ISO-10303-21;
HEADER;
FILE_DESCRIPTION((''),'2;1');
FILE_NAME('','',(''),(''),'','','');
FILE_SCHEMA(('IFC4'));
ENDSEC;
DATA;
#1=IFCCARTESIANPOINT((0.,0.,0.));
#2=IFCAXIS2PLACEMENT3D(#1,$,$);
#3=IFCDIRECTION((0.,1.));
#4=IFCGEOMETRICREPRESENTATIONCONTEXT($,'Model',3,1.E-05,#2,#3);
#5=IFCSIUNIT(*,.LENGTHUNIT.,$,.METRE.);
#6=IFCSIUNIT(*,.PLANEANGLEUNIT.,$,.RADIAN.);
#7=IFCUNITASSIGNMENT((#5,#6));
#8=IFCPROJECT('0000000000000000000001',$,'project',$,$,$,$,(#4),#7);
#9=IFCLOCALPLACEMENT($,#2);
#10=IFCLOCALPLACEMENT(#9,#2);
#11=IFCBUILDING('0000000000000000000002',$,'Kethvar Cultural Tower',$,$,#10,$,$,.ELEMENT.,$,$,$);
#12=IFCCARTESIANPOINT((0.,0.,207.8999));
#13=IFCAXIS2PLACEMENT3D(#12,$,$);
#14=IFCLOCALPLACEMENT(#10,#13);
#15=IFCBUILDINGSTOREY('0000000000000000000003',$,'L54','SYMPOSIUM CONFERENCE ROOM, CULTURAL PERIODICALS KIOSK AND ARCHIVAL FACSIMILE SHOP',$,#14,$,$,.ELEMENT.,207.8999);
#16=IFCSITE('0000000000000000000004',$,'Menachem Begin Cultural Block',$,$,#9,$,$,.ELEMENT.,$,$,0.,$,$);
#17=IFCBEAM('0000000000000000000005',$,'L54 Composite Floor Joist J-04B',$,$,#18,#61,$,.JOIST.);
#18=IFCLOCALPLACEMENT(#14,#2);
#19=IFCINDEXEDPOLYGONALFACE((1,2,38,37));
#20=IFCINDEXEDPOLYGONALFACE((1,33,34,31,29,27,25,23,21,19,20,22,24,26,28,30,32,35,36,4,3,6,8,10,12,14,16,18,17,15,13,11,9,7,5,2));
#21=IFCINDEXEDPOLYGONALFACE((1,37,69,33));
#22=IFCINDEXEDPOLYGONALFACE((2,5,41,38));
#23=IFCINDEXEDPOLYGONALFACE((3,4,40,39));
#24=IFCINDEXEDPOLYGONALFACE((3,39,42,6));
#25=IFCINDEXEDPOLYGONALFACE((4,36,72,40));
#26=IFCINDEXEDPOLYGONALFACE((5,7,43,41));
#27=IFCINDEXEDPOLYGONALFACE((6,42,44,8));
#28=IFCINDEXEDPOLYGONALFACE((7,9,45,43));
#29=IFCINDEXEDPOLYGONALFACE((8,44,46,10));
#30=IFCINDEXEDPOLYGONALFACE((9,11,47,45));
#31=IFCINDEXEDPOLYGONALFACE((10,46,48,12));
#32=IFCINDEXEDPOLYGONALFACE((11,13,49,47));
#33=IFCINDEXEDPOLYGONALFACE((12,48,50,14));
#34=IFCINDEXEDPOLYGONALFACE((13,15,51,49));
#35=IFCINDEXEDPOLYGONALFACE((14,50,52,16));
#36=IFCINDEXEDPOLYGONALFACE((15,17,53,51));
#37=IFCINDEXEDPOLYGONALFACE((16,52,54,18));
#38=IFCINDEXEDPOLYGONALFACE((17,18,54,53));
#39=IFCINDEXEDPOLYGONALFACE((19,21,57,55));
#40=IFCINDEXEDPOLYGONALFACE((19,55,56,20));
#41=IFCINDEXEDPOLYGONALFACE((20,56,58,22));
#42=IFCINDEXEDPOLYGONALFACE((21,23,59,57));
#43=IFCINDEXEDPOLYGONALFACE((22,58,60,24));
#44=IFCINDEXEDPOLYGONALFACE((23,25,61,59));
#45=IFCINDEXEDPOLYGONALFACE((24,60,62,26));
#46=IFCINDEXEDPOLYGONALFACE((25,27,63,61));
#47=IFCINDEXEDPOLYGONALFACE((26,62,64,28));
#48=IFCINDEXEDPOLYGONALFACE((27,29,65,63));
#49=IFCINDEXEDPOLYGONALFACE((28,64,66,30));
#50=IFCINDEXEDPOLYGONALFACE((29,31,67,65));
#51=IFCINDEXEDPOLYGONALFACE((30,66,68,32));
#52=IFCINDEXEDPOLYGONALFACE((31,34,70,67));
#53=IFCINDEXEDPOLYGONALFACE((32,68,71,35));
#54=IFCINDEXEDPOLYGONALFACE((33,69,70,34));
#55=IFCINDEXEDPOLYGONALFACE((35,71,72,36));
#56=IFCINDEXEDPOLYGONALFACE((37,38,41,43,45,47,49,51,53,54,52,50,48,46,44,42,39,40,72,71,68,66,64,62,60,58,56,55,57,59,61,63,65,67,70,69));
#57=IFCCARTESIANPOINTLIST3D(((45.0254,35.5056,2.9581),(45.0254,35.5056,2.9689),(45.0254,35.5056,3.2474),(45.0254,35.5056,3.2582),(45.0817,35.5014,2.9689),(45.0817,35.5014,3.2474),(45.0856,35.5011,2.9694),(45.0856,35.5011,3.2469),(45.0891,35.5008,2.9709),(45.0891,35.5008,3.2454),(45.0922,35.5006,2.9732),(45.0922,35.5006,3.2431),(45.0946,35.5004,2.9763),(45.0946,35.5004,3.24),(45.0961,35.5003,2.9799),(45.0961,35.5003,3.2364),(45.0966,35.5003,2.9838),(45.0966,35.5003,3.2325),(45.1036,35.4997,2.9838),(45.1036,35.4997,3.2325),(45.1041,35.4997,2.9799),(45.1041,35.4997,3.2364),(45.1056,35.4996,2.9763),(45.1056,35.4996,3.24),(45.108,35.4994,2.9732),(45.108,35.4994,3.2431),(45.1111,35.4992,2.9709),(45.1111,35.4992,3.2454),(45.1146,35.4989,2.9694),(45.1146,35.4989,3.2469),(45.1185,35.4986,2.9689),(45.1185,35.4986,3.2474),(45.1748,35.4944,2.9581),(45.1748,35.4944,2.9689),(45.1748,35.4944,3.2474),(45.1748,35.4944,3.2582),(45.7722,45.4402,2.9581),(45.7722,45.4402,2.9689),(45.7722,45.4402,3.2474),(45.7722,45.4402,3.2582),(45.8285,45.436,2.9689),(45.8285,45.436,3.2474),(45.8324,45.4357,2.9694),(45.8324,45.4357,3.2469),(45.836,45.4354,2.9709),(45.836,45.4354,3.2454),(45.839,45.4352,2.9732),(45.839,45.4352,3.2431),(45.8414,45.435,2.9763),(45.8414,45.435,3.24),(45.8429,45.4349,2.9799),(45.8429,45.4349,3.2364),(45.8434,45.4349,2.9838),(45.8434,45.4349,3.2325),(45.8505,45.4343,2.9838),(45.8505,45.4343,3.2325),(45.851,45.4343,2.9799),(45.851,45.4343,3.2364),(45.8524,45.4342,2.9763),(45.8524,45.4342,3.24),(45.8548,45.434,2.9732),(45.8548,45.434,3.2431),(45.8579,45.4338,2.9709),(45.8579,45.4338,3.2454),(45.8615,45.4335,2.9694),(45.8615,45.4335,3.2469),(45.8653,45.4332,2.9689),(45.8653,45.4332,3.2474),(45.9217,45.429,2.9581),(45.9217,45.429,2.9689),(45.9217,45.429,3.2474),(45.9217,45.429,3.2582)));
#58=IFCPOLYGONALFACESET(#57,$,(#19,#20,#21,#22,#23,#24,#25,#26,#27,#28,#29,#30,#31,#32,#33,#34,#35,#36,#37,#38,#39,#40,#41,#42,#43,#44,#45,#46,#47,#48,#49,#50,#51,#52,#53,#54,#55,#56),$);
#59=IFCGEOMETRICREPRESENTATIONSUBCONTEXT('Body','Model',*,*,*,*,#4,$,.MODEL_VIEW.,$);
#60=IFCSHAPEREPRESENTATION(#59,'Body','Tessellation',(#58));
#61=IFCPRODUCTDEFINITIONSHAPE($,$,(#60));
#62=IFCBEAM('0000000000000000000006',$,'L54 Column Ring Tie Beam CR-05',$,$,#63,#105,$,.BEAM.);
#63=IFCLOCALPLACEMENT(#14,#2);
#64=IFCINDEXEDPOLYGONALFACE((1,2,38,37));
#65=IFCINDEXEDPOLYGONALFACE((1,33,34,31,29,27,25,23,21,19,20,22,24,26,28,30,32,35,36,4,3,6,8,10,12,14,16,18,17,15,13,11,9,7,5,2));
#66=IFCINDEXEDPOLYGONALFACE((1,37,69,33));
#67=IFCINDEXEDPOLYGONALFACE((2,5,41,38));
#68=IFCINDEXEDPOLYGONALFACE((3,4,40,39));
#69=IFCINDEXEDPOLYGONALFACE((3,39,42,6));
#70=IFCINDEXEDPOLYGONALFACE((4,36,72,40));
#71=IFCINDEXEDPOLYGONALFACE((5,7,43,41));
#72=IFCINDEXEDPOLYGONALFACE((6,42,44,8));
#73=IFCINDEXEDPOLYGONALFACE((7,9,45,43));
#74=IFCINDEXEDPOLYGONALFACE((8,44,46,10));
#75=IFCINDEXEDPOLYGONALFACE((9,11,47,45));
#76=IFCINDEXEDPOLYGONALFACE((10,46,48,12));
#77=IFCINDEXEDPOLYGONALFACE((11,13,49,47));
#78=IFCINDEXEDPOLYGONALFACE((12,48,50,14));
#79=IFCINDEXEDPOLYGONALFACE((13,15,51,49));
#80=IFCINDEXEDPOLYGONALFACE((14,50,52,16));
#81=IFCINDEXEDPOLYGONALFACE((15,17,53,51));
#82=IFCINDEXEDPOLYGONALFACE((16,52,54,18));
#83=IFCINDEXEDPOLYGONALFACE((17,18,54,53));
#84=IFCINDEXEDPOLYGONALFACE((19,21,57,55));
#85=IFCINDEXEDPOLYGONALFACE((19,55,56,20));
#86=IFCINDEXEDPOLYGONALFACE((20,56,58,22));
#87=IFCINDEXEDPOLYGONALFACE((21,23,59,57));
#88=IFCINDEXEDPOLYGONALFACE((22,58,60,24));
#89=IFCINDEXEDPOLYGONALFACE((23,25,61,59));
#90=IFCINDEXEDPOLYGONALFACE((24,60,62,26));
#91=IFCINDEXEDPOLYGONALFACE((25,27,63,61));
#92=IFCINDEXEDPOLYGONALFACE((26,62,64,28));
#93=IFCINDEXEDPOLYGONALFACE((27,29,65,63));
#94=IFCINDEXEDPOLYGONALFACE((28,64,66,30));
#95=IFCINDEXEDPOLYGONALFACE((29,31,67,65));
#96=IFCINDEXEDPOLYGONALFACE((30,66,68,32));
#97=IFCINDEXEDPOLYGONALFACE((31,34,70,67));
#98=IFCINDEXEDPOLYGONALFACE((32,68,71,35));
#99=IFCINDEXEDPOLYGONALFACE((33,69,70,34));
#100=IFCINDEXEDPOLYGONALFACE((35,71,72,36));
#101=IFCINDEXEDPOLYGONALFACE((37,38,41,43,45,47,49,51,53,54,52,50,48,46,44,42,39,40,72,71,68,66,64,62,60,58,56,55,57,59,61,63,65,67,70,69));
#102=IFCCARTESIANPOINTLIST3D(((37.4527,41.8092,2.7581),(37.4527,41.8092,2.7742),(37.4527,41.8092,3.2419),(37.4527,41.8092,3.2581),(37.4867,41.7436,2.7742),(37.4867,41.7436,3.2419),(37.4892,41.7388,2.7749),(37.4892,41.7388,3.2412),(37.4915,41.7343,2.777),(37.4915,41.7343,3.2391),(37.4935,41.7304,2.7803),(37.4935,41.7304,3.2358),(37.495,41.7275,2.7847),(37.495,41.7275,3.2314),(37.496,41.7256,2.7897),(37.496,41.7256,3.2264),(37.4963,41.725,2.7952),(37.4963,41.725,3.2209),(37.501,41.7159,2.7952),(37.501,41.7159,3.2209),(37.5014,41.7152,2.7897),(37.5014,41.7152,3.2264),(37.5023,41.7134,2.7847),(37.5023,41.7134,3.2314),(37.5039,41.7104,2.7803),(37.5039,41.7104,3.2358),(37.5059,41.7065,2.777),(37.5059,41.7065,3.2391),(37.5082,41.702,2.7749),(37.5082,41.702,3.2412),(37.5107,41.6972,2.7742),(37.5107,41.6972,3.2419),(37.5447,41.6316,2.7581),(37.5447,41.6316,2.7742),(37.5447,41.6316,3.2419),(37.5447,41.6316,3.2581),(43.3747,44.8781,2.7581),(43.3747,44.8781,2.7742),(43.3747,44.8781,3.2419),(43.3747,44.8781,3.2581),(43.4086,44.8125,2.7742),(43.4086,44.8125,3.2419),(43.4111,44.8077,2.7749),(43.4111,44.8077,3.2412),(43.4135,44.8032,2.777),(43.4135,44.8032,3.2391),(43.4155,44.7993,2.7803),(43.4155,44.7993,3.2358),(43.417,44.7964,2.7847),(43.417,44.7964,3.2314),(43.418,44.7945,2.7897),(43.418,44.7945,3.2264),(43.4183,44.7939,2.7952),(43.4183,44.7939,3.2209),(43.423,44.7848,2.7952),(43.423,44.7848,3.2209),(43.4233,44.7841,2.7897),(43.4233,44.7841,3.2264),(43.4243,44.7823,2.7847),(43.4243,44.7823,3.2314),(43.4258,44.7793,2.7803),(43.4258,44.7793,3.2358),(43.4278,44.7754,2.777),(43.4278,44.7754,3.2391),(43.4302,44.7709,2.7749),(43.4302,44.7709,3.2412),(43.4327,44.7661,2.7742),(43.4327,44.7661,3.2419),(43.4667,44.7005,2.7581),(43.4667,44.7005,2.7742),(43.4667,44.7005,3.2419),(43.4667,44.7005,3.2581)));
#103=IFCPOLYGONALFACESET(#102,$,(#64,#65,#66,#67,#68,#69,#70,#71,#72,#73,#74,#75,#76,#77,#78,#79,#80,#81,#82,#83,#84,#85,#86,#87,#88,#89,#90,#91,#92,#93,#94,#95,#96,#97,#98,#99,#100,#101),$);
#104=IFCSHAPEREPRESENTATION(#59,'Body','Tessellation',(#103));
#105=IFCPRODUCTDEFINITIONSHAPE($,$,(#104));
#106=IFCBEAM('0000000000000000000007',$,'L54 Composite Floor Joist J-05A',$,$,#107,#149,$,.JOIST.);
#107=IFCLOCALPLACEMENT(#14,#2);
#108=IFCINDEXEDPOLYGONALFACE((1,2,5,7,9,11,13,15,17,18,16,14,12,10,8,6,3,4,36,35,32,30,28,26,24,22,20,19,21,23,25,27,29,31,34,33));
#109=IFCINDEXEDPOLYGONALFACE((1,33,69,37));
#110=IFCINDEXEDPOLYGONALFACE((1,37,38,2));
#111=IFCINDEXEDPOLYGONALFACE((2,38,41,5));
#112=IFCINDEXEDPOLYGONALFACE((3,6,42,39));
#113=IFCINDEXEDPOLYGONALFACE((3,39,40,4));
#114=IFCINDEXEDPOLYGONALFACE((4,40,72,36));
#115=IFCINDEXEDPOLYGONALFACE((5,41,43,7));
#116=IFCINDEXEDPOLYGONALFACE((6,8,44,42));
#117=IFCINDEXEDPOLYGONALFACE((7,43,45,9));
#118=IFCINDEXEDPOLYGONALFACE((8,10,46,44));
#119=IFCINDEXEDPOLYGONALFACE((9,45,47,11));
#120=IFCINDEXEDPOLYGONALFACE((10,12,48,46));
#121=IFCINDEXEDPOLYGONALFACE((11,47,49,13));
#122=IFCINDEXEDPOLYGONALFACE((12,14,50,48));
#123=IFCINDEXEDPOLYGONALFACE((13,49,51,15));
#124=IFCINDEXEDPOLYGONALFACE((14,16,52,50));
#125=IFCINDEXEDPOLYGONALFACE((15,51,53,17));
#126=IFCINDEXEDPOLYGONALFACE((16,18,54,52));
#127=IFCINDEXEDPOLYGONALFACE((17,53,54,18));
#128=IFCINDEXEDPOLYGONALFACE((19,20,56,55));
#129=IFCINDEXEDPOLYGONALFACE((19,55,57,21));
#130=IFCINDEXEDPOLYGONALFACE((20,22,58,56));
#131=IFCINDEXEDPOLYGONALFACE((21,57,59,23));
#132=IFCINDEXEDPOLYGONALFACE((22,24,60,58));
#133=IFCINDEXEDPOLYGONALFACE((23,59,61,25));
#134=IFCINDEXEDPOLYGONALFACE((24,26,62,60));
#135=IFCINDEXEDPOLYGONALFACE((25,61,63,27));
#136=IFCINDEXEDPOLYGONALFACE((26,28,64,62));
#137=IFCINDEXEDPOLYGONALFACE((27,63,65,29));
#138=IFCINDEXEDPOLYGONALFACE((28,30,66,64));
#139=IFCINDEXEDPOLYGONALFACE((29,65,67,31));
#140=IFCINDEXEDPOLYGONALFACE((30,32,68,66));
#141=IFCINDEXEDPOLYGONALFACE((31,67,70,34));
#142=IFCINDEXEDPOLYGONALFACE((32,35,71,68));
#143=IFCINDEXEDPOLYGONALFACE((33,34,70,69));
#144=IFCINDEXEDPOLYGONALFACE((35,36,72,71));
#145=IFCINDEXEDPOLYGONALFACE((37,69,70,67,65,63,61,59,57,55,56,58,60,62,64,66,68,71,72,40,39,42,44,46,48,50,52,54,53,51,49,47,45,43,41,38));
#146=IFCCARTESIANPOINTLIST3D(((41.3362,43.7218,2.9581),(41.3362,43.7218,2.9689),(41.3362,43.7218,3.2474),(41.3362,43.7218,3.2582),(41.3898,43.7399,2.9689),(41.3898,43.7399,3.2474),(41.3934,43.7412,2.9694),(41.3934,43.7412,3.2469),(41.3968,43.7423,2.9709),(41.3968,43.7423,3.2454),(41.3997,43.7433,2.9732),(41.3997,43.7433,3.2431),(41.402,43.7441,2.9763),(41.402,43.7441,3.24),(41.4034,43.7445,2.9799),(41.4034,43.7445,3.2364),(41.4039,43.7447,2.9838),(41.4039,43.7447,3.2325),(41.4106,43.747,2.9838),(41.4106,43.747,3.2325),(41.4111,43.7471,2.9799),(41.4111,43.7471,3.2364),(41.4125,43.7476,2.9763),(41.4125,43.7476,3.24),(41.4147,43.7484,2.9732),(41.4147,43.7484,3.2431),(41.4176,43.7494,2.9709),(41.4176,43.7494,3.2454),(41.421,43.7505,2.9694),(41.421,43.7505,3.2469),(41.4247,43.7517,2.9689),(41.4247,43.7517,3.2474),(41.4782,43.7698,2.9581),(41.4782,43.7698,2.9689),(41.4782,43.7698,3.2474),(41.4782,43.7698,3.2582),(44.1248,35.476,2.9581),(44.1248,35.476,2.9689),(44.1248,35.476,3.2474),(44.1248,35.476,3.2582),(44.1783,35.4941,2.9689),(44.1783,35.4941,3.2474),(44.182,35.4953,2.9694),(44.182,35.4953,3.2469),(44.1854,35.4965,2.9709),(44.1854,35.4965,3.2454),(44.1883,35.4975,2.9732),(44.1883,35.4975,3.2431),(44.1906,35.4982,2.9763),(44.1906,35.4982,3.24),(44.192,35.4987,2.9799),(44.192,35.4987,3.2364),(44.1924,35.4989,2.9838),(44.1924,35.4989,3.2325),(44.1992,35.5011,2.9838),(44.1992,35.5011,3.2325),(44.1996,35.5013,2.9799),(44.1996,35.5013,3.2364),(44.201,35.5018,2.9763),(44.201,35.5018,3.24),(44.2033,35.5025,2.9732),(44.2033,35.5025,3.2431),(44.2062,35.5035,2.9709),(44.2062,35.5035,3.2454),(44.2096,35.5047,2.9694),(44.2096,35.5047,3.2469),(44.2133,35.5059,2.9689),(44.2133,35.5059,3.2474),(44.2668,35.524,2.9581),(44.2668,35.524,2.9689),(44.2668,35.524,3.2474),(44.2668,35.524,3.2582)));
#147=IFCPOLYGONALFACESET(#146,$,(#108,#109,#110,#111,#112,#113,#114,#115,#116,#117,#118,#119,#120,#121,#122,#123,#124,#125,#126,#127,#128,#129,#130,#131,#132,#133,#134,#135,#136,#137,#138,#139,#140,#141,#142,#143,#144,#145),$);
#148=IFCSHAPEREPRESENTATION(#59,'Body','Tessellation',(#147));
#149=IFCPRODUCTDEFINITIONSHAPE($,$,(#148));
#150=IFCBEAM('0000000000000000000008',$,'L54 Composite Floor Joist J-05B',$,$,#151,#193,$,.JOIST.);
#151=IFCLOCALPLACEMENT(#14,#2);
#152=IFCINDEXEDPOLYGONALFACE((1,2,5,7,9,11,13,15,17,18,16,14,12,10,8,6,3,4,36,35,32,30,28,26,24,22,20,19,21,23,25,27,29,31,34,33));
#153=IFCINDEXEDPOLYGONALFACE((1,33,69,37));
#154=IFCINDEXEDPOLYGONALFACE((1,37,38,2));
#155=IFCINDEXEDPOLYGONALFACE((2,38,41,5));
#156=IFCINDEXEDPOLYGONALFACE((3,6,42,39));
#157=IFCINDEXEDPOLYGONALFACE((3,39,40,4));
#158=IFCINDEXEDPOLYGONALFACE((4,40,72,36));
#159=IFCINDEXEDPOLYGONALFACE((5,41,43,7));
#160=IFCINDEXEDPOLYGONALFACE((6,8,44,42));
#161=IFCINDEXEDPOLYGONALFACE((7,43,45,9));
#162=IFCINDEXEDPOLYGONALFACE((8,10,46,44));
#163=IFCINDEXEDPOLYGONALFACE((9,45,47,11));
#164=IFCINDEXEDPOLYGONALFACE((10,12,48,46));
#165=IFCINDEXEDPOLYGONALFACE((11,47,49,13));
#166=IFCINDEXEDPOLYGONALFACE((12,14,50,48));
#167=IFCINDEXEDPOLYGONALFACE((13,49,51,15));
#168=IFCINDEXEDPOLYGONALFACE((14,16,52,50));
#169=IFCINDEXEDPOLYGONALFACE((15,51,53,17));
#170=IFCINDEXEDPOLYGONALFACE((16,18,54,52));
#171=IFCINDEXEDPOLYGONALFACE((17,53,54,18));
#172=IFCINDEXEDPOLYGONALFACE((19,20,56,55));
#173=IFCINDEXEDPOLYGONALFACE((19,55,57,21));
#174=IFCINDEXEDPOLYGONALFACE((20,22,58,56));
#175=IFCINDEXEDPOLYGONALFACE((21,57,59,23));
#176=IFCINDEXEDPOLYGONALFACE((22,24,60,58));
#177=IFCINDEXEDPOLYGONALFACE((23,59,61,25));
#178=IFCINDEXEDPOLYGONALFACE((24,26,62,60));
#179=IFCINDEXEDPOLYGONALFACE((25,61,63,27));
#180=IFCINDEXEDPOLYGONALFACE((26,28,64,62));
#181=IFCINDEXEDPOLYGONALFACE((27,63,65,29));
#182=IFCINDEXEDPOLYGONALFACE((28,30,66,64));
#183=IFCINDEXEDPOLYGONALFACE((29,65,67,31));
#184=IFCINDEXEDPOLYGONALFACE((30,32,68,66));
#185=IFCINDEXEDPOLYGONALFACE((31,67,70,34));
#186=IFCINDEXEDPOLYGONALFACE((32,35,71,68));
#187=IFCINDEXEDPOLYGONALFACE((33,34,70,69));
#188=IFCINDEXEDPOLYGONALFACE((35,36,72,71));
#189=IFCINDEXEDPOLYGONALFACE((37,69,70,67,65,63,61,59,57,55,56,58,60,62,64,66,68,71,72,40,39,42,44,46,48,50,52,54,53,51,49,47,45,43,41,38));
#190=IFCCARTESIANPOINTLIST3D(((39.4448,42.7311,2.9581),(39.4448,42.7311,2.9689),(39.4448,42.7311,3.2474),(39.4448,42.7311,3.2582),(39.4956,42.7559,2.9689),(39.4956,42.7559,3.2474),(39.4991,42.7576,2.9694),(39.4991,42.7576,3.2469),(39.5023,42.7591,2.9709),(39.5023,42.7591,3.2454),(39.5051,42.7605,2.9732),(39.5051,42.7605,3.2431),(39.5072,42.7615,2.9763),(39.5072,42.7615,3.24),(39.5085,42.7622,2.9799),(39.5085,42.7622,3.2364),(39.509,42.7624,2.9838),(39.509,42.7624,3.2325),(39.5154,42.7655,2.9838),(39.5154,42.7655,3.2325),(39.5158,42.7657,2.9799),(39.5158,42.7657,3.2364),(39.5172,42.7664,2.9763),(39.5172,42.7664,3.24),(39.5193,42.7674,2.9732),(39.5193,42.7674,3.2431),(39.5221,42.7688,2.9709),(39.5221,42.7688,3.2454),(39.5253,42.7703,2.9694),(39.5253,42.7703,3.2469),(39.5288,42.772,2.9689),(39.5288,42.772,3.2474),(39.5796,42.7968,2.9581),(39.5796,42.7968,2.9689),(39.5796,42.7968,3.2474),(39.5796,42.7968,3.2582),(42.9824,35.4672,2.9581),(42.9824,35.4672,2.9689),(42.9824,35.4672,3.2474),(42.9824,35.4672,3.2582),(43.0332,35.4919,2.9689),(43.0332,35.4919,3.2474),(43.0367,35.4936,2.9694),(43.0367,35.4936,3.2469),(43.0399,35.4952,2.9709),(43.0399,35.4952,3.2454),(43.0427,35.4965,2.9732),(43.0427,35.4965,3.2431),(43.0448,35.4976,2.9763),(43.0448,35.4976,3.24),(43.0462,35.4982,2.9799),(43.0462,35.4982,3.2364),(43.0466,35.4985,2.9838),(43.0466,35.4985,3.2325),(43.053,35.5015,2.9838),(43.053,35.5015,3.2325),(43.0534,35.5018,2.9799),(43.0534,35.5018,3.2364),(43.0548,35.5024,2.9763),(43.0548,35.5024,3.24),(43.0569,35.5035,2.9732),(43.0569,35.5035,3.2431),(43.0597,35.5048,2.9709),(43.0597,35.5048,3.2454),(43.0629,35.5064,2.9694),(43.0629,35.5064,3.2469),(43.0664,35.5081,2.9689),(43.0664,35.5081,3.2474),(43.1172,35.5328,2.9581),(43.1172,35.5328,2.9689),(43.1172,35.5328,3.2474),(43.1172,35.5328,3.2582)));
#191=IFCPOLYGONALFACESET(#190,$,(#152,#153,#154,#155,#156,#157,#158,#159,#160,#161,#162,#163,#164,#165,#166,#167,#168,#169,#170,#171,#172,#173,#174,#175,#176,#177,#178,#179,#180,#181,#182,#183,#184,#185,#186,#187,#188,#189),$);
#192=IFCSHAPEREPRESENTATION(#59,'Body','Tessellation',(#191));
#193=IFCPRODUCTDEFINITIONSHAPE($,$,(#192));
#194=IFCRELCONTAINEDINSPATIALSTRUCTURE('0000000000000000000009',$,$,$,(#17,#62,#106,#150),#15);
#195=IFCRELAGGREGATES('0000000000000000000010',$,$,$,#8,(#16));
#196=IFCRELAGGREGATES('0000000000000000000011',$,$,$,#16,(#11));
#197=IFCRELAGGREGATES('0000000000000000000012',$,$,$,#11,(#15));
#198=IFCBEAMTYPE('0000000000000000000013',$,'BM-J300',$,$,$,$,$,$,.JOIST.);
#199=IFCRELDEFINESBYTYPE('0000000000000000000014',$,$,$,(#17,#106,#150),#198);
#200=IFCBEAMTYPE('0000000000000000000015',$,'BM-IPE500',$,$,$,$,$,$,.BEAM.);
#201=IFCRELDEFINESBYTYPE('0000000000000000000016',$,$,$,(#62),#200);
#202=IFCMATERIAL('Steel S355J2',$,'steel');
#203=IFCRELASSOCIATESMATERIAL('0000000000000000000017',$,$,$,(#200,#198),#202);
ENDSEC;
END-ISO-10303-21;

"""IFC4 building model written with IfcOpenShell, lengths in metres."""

from ifc_helpers import new_model, si_unit, direction, frame, origin, origin_2d, place, context, subcontext, project, spatial, i_section, extrude, source, transform, mapped, material, material_profile, profile_set, type_object, element, save


model = new_model("IFC4")

# Units and contexts
model_context = context("Model", 3, precision=1e-05, world=origin(), true_north=direction((0.0, 1.0)))
body_context = subcontext(model_context, "Body", "Model", "MODEL_VIEW")
ifc_project = project(units=[si_unit("LENGTHUNIT", "METRE"), si_unit("PLANEANGLEUNIT", "RADIAN")], contexts=[model_context])

# Site, building, storey
site_placement = place(None, origin())
site = spatial("IfcSite", under=ifc_project, at=site_placement, Name="Menachem Begin Cultural Block", CompositionType="ELEMENT", RefElevation=0.0)
building_placement = place(site_placement, origin())
building = spatial("IfcBuilding", under=site, at=building_placement, Name="Kethvar Cultural Tower", CompositionType="ELEMENT")
storey_placement = place(building_placement, frame((0.0, 0.0, 207.8999)))
storey = spatial("IfcBuildingStorey", under=building, at=storey_placement, Name="L54", Description="SYMPOSIUM CONFERENCE ROOM, CULTURAL PERIODICALS KIOSK AND ARCHIVAL FACSIMILE SHOP", CompositionType="ELEMENT", Elevation=207.8999)

# Beams
ifc_material_1 = material(Name="Steel S355J2", Category="steel")
ifc_material_profile_1 = material_profile(ifc_material_1, i_section(OverallWidth=0.2, OverallDepth=0.5, WebThickness=0.0103, FlangeThickness=0.0161, FilletRadius=0.021, at=origin_2d()), Name="Steel S355J2 — IPE500")
ifc_profile_set_1 = profile_set([ifc_material_profile_1], Name="Steel S355J2 — IPE500")
beam_type_1 = type_object("IfcBeamType", Name="BM-IPE500", PredefinedType="BEAM", material=ifc_profile_set_1)
ifc_material_profile_2 = material_profile(ifc_material_1, i_section(OverallWidth=0.1499, OverallDepth=0.3, WebThickness=0.0071, FlangeThickness=0.0107, FilletRadius=0.0149, at=origin_2d()), Name="Steel S355J2 — IPE300")
ifc_profile_set_2 = profile_set([ifc_material_profile_2], Name="Steel S355J2 — IPE300")
beam_type_2 = type_object("IfcBeamType", Name="BM-J300", PredefinedType="JOIST", material=ifc_profile_set_2)
shared_shape_1 = source(origin(), body_context, "Body", "SweptSolid", [
    extrude(i_section(OverallWidth=0.1499, OverallDepth=0.3, WebThickness=0.0071, FlangeThickness=0.0107, FilletRadius=0.0149, at=origin_2d()), origin(), (0.0, 0.0, 1.0), 9.9626),
])
beam_1_placement = place(storey_placement, frame((45.1001, 35.5, 3.1082), z_axis=(0.074963, 0.997186, 0.0), x_axis=(-0.997186, 0.074963, 0.0)))
element("IfcBeam", 1, at=beam_1_placement, inside=storey, type_object=beam_type_2, Name="L54 Composite Floor Joist J-04B", PredefinedType="JOIST", context=body_context, shape_type="MappedRepresentation", body=[
    mapped(shared_shape_1, transform((0.0, 0.0, 0.0), scale=1.0)),
])
shared_shape_2 = source(origin(), body_context, "Body", "SweptSolid", [
    extrude(i_section(OverallWidth=0.2, OverallDepth=0.5, WebThickness=0.0103, FlangeThickness=0.0161, FilletRadius=0.021, at=origin_2d()), origin(), (0.0, 0.0, 1.0), 6.6699),
])
beam_2_placement = place(storey_placement, frame((43.4207, 44.7893, 3.0081), z_axis=(-0.887862, -0.46011, 0.0), x_axis=(0.46011, -0.887862, 0.0)))
element("IfcBeam", 2, at=beam_2_placement, inside=storey, type_object=beam_type_1, Name="L54 Column Ring Tie Beam CR-05", PredefinedType="BEAM", context=body_context, shape_type="MappedRepresentation", body=[
    mapped(shared_shape_2, transform((0.0, 0.0, 0.0), scale=1.0)),
])
shared_shape_3 = source(origin(), body_context, "Body", "SweptSolid", [
    extrude(i_section(OverallWidth=0.1499, OverallDepth=0.3, WebThickness=0.0071, FlangeThickness=0.0107, FilletRadius=0.0149, at=origin_2d()), origin(), (0.0, 0.0, 1.0), 8.7046),
])
beam_3_placement = place(storey_placement, frame((44.1958, 35.5, 3.1082), z_axis=(-0.320356, 0.947297, 0.0), x_axis=(-0.947297, -0.320356, 0.0)))
element("IfcBeam", 3, at=beam_3_placement, inside=storey, type_object=beam_type_2, Name="L54 Composite Floor Joist J-05A", PredefinedType="JOIST", context=body_context, shape_type="MappedRepresentation", body=[
    mapped(shared_shape_3, transform((0.0, 0.0, 0.0), scale=1.0)),
])
shared_shape_4 = source(origin(), body_context, "Body", "SweptSolid", [
    extrude(i_section(OverallWidth=0.1499, OverallDepth=0.3, WebThickness=0.0071, FlangeThickness=0.0107, FilletRadius=0.0149, at=origin_2d()), origin(), (0.0, 0.0, 1.0), 8.0796),
])
beam_4_placement = place(storey_placement, frame((43.0498, 35.5, 3.1082), z_axis=(-0.437846, 0.89905, 0.0), x_axis=(-0.89905, -0.437846, 0.0)))
element("IfcBeam", 4, at=beam_4_placement, inside=storey, type_object=beam_type_2, Name="L54 Composite Floor Joist J-05B", PredefinedType="JOIST", context=body_context, shape_type="MappedRepresentation", body=[
    mapped(shared_shape_4, transform((0.0, 0.0, 0.0), scale=1.0)),
])

save(model, "model.ifc")
